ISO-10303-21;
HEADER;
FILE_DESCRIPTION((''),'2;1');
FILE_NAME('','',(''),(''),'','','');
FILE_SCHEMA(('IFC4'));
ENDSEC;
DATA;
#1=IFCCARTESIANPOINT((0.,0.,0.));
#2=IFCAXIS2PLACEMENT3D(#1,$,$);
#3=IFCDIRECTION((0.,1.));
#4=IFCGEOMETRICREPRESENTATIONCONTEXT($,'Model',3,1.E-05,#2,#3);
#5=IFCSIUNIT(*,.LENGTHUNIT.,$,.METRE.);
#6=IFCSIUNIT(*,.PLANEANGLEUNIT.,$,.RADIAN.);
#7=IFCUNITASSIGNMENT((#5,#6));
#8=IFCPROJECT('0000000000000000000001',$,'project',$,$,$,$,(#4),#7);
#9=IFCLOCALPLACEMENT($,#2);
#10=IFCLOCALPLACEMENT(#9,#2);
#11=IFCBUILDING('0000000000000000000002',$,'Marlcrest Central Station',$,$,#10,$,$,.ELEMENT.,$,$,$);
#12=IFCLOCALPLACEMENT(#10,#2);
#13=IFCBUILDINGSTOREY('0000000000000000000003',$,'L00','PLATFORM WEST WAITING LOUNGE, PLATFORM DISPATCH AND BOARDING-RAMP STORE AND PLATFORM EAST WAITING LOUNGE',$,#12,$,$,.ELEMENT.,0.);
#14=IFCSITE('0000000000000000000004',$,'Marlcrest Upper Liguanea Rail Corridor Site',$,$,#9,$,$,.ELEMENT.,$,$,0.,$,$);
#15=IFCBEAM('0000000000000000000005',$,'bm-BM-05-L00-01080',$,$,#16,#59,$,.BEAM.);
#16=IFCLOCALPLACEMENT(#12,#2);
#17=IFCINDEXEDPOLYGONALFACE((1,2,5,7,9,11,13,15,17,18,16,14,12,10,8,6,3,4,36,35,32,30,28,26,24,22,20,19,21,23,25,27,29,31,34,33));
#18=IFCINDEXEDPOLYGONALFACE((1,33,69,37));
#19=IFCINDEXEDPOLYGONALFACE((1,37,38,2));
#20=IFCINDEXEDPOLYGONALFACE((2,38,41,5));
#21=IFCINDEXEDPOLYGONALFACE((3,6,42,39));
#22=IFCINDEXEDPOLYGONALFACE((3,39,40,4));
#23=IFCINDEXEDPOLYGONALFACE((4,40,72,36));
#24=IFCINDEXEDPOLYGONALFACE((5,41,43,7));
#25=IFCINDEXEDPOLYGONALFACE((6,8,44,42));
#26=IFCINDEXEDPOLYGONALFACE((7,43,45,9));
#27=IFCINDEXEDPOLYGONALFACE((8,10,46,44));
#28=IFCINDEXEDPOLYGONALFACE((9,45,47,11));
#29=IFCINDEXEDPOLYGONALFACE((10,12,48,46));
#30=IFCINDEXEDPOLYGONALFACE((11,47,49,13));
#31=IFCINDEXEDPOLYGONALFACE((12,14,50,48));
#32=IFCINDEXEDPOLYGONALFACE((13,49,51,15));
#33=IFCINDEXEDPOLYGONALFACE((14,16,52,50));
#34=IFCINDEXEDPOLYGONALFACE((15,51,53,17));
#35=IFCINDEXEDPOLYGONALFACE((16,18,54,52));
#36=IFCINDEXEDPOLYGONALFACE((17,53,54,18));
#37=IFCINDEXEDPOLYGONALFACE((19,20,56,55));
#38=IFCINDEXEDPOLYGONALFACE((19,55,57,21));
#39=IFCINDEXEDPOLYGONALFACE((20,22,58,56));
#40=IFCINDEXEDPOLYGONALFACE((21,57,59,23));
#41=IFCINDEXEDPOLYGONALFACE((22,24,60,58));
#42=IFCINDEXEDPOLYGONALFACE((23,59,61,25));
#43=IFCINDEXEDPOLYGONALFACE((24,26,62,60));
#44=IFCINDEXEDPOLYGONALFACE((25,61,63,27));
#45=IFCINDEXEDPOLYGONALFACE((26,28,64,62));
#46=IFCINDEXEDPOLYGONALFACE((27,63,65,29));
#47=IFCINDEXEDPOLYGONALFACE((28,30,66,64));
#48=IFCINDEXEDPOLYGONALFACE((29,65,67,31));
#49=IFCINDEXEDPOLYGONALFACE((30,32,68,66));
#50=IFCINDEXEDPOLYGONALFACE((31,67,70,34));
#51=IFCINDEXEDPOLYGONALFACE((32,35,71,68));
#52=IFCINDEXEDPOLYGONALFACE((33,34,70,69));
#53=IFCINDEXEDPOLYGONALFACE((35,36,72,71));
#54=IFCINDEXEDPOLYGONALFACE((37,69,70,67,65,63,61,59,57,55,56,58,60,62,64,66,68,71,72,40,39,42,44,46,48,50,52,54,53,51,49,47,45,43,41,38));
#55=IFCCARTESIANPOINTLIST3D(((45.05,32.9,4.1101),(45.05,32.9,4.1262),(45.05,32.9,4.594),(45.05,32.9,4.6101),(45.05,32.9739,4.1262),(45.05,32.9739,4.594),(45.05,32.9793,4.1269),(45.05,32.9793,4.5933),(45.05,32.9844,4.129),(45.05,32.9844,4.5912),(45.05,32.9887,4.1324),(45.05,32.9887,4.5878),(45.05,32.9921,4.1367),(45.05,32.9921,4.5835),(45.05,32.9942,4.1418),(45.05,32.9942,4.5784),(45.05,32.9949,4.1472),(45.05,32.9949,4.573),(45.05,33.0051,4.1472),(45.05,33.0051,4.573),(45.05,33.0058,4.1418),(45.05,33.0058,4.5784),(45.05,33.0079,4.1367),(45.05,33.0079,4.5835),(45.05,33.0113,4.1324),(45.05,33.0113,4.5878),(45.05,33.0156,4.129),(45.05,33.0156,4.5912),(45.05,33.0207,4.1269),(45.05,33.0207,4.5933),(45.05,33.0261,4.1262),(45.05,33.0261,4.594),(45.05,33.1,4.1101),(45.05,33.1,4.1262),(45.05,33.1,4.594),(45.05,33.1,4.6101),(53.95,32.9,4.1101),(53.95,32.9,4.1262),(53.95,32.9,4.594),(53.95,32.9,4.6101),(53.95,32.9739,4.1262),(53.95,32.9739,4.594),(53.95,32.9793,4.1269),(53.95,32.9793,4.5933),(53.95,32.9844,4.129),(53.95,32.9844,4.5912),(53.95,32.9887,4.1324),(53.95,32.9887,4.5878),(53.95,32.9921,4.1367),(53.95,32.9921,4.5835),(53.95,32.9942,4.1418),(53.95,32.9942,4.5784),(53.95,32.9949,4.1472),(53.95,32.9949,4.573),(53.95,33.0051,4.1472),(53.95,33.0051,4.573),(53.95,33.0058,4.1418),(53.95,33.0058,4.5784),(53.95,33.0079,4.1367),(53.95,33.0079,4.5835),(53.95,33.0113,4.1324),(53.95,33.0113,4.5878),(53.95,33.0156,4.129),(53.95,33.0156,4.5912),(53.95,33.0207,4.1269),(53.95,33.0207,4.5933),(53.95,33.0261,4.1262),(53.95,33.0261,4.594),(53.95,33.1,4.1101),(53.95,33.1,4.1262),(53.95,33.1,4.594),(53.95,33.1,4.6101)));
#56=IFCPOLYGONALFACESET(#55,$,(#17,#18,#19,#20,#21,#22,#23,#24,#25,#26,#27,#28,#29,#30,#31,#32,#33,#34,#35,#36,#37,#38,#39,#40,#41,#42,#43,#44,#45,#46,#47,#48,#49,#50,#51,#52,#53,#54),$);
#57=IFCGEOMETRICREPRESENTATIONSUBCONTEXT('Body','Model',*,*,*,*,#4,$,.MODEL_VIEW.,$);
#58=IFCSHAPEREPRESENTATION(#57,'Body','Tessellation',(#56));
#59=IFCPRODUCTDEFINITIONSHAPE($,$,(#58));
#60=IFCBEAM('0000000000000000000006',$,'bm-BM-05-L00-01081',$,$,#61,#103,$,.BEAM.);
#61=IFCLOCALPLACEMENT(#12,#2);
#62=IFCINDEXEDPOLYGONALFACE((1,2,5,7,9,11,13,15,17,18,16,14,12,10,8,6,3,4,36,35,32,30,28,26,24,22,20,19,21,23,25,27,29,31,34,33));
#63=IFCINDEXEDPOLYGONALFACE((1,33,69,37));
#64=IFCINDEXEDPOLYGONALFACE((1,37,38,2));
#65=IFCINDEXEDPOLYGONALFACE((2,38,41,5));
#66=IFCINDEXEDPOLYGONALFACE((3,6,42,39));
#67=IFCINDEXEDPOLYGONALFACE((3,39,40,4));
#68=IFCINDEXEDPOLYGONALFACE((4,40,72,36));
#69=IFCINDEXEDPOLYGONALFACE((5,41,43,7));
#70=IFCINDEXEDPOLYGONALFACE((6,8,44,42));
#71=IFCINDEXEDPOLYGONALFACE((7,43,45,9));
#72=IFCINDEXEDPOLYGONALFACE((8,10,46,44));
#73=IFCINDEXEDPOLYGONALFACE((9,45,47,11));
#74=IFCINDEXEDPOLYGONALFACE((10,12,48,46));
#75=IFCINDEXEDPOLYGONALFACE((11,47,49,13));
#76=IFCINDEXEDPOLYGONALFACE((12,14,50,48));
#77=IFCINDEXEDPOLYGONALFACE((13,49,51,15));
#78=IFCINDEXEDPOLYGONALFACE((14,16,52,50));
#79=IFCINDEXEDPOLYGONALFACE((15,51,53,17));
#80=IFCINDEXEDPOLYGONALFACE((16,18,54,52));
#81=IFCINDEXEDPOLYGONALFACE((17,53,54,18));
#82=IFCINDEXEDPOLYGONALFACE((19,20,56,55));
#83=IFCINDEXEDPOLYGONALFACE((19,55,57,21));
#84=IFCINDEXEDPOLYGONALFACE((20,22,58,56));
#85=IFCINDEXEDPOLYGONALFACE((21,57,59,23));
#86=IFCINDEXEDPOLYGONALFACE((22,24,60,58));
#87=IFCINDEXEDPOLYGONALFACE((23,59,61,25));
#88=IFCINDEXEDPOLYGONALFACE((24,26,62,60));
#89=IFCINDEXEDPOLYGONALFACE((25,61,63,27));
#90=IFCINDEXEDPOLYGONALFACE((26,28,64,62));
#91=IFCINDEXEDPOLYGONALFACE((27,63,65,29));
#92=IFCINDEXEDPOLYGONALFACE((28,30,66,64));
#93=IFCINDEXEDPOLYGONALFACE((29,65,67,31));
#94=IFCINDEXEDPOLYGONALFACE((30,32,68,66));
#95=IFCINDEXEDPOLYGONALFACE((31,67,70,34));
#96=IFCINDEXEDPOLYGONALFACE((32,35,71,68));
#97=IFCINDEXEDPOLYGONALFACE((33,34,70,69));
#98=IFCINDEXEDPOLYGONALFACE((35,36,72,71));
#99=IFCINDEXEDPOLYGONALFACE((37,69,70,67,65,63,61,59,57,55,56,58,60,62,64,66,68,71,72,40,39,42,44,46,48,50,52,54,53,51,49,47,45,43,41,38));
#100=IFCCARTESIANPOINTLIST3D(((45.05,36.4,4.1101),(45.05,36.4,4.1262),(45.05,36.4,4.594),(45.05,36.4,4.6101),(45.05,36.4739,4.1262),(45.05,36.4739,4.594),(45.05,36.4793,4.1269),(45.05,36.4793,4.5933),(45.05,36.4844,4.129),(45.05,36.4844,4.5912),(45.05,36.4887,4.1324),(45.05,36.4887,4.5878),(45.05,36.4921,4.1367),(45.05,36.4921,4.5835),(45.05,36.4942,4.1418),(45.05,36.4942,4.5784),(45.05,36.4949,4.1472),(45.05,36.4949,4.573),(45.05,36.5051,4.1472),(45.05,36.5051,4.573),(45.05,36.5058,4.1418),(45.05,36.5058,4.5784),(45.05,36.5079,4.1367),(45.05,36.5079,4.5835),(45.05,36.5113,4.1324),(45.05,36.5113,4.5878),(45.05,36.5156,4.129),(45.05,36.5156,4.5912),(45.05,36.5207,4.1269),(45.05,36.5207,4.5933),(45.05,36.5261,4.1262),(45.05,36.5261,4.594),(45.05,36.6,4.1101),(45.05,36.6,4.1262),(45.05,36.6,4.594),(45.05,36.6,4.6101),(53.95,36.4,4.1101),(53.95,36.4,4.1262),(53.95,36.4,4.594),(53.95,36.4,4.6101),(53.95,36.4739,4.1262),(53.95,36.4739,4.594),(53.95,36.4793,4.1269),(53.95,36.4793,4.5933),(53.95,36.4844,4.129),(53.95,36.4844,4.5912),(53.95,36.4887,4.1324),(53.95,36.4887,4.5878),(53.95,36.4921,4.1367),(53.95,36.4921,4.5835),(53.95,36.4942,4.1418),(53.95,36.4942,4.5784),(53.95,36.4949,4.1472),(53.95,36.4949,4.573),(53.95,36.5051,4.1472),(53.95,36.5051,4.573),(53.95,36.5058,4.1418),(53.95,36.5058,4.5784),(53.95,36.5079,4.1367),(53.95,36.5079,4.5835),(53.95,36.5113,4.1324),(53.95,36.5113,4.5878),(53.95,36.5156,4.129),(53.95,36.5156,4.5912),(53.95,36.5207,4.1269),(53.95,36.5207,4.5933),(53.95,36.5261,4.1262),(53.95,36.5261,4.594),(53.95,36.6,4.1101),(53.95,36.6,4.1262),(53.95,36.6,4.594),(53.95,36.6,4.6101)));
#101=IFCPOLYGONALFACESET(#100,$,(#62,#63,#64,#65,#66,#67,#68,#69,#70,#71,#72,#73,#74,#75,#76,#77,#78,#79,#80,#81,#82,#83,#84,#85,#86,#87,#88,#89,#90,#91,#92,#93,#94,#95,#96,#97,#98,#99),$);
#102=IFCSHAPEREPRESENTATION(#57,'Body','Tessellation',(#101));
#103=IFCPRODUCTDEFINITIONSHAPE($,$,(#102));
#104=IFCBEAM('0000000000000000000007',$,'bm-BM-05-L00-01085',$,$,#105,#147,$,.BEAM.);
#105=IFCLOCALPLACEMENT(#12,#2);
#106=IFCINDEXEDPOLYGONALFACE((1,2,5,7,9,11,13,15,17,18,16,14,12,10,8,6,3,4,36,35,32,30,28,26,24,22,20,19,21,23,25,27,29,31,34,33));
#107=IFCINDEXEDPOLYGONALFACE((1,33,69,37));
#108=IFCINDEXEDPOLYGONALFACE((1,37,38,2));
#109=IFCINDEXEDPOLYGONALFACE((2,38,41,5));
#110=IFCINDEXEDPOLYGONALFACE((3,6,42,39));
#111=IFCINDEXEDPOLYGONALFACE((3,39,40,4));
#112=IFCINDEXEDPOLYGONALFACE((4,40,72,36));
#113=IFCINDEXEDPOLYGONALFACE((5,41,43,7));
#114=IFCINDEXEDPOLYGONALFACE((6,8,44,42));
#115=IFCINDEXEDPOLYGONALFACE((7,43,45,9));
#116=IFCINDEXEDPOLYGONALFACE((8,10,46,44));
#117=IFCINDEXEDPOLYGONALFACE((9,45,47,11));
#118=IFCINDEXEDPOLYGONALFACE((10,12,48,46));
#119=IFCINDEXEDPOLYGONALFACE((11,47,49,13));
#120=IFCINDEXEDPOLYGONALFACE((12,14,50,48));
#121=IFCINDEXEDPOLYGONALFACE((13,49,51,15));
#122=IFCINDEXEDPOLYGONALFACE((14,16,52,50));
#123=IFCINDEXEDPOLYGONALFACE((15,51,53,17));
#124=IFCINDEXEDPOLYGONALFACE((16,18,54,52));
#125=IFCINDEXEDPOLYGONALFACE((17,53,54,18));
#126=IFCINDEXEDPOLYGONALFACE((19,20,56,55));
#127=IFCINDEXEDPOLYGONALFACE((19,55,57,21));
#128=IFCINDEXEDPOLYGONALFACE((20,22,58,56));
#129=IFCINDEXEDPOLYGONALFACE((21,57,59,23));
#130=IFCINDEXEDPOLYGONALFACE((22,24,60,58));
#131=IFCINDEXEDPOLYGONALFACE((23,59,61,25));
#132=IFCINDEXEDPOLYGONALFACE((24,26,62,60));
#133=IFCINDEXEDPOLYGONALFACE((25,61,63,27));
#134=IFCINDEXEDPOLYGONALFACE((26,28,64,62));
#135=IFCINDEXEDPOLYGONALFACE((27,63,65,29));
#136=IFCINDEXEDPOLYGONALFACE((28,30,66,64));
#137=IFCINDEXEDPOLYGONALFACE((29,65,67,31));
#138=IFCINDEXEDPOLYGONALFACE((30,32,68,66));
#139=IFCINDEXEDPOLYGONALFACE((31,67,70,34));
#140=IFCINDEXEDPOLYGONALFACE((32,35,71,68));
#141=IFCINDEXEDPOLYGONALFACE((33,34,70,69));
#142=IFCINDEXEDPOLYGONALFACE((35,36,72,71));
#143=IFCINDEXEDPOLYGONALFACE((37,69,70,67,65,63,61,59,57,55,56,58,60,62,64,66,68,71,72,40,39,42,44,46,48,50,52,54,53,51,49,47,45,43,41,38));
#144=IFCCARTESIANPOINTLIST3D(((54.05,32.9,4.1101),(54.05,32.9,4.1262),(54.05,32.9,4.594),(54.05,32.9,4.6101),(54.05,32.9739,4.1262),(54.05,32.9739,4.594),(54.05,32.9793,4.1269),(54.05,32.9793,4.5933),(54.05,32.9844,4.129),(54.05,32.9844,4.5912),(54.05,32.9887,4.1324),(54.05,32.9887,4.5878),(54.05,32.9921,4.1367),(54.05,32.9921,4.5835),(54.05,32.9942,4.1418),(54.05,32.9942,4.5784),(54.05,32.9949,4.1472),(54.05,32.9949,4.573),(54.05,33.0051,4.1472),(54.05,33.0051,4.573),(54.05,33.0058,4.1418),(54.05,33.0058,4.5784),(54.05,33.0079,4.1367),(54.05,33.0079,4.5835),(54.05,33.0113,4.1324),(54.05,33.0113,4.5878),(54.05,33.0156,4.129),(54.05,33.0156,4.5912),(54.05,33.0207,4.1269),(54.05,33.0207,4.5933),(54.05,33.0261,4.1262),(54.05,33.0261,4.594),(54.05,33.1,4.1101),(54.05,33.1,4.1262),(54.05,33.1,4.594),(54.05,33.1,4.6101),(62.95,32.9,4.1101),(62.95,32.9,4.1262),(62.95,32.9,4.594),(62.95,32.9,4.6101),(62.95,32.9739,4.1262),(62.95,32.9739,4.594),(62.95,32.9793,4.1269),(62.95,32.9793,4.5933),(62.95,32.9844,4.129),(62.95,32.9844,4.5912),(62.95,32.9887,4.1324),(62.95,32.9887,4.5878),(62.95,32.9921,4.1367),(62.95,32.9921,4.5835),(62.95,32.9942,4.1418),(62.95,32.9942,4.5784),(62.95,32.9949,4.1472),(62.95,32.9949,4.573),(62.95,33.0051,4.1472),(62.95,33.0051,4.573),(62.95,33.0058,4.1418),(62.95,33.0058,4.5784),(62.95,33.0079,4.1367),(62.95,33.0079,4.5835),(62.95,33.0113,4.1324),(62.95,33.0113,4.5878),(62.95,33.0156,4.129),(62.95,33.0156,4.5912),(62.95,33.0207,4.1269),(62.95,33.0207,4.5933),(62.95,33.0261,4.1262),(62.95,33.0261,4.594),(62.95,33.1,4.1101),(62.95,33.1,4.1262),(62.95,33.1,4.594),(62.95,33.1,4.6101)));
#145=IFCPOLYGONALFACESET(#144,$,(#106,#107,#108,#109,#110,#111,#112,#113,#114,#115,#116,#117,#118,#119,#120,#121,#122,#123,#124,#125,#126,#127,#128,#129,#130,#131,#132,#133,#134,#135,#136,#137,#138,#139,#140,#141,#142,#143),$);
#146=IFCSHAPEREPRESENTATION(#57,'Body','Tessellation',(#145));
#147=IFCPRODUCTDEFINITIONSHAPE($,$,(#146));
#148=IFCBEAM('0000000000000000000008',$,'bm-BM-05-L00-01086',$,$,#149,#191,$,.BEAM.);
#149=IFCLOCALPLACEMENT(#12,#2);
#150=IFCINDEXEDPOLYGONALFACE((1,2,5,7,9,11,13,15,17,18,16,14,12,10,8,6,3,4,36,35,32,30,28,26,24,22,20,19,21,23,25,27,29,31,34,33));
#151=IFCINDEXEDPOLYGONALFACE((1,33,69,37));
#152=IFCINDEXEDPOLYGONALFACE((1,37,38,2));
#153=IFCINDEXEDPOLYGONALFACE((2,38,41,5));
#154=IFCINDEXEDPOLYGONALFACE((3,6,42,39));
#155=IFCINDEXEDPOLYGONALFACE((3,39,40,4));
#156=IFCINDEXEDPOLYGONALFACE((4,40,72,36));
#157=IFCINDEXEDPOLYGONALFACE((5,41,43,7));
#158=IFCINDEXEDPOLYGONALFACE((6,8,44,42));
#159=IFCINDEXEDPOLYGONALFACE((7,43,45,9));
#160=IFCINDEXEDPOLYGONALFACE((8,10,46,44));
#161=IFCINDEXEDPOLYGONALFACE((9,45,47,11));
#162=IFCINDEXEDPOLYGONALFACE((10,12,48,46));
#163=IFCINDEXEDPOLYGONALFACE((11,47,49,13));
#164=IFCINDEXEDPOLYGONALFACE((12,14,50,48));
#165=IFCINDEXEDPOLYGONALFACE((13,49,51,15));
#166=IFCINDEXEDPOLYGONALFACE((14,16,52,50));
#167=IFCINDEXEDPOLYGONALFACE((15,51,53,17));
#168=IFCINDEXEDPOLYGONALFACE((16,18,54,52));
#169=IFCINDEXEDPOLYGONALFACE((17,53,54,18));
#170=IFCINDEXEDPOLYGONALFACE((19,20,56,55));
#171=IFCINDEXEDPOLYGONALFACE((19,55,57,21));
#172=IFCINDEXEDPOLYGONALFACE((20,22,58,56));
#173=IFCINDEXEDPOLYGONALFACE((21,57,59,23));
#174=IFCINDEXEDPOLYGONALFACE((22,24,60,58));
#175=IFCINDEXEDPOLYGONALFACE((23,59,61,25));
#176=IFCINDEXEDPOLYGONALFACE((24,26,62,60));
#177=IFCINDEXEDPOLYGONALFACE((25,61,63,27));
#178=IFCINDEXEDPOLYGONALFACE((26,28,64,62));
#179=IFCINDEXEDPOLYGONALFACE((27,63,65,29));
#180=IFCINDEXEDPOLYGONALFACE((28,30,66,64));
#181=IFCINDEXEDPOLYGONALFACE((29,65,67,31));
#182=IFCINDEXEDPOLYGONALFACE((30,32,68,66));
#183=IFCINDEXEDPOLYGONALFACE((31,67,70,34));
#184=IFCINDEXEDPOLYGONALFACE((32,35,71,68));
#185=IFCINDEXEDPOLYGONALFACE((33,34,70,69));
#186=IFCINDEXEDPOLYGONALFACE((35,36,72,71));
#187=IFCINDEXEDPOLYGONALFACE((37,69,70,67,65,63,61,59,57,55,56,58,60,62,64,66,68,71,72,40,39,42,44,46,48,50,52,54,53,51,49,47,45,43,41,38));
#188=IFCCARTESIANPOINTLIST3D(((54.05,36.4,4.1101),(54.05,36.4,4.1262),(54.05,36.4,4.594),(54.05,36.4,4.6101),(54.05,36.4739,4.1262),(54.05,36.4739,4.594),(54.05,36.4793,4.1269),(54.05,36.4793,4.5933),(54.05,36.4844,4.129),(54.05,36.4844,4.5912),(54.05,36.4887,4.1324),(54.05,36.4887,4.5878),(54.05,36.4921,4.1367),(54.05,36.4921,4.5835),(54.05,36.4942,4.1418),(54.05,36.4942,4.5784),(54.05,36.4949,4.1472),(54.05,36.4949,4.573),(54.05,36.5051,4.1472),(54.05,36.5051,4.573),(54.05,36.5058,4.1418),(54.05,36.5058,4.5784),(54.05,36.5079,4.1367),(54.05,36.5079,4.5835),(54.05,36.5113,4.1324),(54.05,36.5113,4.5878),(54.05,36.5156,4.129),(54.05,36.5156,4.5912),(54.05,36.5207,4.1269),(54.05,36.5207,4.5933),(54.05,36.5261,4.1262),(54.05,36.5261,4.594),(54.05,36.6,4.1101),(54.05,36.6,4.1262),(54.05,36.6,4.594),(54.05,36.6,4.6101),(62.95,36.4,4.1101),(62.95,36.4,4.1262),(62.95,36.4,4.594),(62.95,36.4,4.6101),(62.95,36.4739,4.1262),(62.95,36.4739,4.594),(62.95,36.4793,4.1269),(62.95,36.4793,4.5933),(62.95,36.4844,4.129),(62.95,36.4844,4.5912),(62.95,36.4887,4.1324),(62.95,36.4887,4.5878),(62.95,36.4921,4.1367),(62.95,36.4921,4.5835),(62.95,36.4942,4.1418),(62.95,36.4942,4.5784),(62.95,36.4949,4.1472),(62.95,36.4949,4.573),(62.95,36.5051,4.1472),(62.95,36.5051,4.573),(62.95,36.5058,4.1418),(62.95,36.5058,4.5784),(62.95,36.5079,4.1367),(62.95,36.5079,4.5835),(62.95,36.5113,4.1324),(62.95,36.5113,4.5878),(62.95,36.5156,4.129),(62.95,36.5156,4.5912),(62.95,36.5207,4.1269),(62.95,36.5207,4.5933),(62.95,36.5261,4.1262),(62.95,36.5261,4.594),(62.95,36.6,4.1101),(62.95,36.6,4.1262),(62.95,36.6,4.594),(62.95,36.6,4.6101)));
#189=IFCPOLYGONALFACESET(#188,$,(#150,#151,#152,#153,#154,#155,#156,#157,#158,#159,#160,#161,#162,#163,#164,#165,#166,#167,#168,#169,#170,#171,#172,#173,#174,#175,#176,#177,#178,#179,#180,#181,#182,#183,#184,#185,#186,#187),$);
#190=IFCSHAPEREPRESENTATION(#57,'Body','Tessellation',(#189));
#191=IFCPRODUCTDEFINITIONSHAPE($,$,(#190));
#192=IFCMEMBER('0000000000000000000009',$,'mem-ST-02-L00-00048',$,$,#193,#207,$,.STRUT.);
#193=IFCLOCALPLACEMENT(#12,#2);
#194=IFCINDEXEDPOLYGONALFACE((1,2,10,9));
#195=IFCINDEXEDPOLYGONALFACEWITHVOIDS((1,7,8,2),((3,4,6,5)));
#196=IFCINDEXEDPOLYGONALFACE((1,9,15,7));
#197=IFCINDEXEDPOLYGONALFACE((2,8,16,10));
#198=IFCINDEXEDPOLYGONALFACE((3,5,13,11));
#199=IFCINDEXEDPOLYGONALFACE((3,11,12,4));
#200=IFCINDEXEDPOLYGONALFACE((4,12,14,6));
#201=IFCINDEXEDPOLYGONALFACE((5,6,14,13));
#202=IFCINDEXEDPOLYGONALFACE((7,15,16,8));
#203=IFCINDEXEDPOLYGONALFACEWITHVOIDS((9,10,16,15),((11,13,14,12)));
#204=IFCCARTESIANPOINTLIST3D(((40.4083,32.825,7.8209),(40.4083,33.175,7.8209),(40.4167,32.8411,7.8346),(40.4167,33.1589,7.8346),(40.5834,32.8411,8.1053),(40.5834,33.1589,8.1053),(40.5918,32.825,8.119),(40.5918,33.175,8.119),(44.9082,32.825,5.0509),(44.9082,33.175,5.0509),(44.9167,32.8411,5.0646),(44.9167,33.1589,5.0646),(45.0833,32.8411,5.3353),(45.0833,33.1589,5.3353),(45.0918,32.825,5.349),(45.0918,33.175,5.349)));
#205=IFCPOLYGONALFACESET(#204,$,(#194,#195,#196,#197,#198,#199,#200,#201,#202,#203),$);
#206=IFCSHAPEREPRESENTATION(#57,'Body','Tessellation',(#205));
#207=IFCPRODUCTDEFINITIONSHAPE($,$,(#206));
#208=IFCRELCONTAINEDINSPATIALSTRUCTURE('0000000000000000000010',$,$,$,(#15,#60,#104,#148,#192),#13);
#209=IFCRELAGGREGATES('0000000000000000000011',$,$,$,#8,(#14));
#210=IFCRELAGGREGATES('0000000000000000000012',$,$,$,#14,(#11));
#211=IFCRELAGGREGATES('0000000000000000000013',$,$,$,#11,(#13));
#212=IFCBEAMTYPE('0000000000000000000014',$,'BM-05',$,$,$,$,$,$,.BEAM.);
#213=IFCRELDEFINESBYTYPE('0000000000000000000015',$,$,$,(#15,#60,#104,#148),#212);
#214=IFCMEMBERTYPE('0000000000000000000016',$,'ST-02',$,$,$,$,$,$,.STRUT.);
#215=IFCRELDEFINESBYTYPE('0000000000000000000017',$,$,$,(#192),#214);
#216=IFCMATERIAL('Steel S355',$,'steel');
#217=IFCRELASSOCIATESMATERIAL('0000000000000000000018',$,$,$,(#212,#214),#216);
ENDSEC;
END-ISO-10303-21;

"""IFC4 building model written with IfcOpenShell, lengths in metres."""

from ifc_helpers import new_model, si_unit, direction, frame, origin, origin_2d, place, context, subcontext, project, spatial, hollow_rectangle, i_section, extrude, material, material_profile, profile_set, type_object, element, save


model = new_model("IFC4")

# Units and contexts
model_context = context("Model", 3, precision=1e-05, world=origin(), true_north=direction((0.0, 1.0)))
body_context = subcontext(model_context, "Body", "Model", "MODEL_VIEW")
ifc_project = project(units=[si_unit("LENGTHUNIT", "METRE"), si_unit("PLANEANGLEUNIT", "RADIAN")], contexts=[model_context])

# Site, building, storey
site_placement = place(None, origin())
site = spatial("IfcSite", under=ifc_project, at=site_placement, Name="Marlcrest Upper Liguanea Rail Corridor Site", CompositionType="ELEMENT", RefElevation=0.0)
building_placement = place(site_placement, origin())
building = spatial("IfcBuilding", under=site, at=building_placement, Name="Marlcrest Central Station", CompositionType="ELEMENT")
storey_placement = place(building_placement, origin())
storey = spatial("IfcBuildingStorey", under=building, at=storey_placement, Name="L00", Description="PLATFORM WEST WAITING LOUNGE, PLATFORM DISPATCH AND BOARDING-RAMP STORE AND PLATFORM EAST WAITING LOUNGE", CompositionType="ELEMENT", Elevation=0.0)

# Beams
ifc_material_1 = material(Name="Steel S355", Category="steel")
ifc_material_profile_1 = material_profile(ifc_material_1, i_section(OverallWidth=0.2, OverallDepth=0.5, WebThickness=0.0103, FlangeThickness=0.0161, FilletRadius=0.021, at=origin_2d()), Name="IPE 500")
ifc_profile_set_1 = profile_set([ifc_material_profile_1], Name="Steel S355")
beam_type_1 = type_object("IfcBeamType", Name="BM-05", PredefinedType="BEAM", material=ifc_profile_set_1)
for number, where, z_axis, x_axis, name in (
    (1, (45.05, 33.0, 4.3601), (1.0, 0.0, 0.0), (0.0, 1.0, 0.0), "bm-BM-05-L00-01080"),
    (2, (45.05, 36.5, 4.3601), (1.0, 0.0, 0.0), (0.0, 1.0, 0.0), "bm-BM-05-L00-01081"),
    (3, (54.05, 33.0, 4.3601), (1.0, 0.0, 0.0), (0.0, 1.0, 0.0), "bm-BM-05-L00-01085"),
    (4, (54.05, 36.5, 4.3601), (1.0, 0.0, 0.0), (0.0, 1.0, 0.0), "bm-BM-05-L00-01086"),
):
    element("IfcBeam", number, at=place(storey_placement, frame(where, z_axis=z_axis, x_axis=x_axis)), inside=storey, type_object=beam_type_1, Name=name, PredefinedType="BEAM", context=body_context, shape_type="SweptSolid", body=[
        extrude(i_section(OverallWidth=0.2, OverallDepth=0.5, WebThickness=0.0103, FlangeThickness=0.0161, FilletRadius=0.021, at=origin_2d()), origin(), (0.0, 0.0, 1.0), 8.8999),
    ])

# Member
ifc_material_profile_2 = material_profile(ifc_material_1, hollow_rectangle(XDim=0.3501, YDim=0.3501, WallThickness=0.0161, at=origin_2d()), Name="SHS 350x350x16")
ifc_profile_set_2 = profile_set([ifc_material_profile_2], Name="Steel S355")
member_type = type_object("IfcMemberType", Name="ST-02", PredefinedType="STRUT", material=ifc_profile_set_2)
for number, where, z_axis, x_axis, name in (
    (5, (45.0, 33.0, 5.2), (-0.851592, 0.0, 0.524206), (0.0, -1.0, 0.0), "mem-ST-02-L00-00048"),
):
    element("IfcMember", number, at=place(storey_placement, frame(where, z_axis=z_axis, x_axis=x_axis)), inside=storey, type_object=member_type, Name=name, PredefinedType="STRUT", context=body_context, shape_type="SweptSolid", body=[
        extrude(hollow_rectangle(XDim=0.3501, YDim=0.3501, WallThickness=0.0161, at=origin_2d()), origin(), (0.0, 0.0, 1.0), 5.2842),
    ])

save(model, "model.ifc")
